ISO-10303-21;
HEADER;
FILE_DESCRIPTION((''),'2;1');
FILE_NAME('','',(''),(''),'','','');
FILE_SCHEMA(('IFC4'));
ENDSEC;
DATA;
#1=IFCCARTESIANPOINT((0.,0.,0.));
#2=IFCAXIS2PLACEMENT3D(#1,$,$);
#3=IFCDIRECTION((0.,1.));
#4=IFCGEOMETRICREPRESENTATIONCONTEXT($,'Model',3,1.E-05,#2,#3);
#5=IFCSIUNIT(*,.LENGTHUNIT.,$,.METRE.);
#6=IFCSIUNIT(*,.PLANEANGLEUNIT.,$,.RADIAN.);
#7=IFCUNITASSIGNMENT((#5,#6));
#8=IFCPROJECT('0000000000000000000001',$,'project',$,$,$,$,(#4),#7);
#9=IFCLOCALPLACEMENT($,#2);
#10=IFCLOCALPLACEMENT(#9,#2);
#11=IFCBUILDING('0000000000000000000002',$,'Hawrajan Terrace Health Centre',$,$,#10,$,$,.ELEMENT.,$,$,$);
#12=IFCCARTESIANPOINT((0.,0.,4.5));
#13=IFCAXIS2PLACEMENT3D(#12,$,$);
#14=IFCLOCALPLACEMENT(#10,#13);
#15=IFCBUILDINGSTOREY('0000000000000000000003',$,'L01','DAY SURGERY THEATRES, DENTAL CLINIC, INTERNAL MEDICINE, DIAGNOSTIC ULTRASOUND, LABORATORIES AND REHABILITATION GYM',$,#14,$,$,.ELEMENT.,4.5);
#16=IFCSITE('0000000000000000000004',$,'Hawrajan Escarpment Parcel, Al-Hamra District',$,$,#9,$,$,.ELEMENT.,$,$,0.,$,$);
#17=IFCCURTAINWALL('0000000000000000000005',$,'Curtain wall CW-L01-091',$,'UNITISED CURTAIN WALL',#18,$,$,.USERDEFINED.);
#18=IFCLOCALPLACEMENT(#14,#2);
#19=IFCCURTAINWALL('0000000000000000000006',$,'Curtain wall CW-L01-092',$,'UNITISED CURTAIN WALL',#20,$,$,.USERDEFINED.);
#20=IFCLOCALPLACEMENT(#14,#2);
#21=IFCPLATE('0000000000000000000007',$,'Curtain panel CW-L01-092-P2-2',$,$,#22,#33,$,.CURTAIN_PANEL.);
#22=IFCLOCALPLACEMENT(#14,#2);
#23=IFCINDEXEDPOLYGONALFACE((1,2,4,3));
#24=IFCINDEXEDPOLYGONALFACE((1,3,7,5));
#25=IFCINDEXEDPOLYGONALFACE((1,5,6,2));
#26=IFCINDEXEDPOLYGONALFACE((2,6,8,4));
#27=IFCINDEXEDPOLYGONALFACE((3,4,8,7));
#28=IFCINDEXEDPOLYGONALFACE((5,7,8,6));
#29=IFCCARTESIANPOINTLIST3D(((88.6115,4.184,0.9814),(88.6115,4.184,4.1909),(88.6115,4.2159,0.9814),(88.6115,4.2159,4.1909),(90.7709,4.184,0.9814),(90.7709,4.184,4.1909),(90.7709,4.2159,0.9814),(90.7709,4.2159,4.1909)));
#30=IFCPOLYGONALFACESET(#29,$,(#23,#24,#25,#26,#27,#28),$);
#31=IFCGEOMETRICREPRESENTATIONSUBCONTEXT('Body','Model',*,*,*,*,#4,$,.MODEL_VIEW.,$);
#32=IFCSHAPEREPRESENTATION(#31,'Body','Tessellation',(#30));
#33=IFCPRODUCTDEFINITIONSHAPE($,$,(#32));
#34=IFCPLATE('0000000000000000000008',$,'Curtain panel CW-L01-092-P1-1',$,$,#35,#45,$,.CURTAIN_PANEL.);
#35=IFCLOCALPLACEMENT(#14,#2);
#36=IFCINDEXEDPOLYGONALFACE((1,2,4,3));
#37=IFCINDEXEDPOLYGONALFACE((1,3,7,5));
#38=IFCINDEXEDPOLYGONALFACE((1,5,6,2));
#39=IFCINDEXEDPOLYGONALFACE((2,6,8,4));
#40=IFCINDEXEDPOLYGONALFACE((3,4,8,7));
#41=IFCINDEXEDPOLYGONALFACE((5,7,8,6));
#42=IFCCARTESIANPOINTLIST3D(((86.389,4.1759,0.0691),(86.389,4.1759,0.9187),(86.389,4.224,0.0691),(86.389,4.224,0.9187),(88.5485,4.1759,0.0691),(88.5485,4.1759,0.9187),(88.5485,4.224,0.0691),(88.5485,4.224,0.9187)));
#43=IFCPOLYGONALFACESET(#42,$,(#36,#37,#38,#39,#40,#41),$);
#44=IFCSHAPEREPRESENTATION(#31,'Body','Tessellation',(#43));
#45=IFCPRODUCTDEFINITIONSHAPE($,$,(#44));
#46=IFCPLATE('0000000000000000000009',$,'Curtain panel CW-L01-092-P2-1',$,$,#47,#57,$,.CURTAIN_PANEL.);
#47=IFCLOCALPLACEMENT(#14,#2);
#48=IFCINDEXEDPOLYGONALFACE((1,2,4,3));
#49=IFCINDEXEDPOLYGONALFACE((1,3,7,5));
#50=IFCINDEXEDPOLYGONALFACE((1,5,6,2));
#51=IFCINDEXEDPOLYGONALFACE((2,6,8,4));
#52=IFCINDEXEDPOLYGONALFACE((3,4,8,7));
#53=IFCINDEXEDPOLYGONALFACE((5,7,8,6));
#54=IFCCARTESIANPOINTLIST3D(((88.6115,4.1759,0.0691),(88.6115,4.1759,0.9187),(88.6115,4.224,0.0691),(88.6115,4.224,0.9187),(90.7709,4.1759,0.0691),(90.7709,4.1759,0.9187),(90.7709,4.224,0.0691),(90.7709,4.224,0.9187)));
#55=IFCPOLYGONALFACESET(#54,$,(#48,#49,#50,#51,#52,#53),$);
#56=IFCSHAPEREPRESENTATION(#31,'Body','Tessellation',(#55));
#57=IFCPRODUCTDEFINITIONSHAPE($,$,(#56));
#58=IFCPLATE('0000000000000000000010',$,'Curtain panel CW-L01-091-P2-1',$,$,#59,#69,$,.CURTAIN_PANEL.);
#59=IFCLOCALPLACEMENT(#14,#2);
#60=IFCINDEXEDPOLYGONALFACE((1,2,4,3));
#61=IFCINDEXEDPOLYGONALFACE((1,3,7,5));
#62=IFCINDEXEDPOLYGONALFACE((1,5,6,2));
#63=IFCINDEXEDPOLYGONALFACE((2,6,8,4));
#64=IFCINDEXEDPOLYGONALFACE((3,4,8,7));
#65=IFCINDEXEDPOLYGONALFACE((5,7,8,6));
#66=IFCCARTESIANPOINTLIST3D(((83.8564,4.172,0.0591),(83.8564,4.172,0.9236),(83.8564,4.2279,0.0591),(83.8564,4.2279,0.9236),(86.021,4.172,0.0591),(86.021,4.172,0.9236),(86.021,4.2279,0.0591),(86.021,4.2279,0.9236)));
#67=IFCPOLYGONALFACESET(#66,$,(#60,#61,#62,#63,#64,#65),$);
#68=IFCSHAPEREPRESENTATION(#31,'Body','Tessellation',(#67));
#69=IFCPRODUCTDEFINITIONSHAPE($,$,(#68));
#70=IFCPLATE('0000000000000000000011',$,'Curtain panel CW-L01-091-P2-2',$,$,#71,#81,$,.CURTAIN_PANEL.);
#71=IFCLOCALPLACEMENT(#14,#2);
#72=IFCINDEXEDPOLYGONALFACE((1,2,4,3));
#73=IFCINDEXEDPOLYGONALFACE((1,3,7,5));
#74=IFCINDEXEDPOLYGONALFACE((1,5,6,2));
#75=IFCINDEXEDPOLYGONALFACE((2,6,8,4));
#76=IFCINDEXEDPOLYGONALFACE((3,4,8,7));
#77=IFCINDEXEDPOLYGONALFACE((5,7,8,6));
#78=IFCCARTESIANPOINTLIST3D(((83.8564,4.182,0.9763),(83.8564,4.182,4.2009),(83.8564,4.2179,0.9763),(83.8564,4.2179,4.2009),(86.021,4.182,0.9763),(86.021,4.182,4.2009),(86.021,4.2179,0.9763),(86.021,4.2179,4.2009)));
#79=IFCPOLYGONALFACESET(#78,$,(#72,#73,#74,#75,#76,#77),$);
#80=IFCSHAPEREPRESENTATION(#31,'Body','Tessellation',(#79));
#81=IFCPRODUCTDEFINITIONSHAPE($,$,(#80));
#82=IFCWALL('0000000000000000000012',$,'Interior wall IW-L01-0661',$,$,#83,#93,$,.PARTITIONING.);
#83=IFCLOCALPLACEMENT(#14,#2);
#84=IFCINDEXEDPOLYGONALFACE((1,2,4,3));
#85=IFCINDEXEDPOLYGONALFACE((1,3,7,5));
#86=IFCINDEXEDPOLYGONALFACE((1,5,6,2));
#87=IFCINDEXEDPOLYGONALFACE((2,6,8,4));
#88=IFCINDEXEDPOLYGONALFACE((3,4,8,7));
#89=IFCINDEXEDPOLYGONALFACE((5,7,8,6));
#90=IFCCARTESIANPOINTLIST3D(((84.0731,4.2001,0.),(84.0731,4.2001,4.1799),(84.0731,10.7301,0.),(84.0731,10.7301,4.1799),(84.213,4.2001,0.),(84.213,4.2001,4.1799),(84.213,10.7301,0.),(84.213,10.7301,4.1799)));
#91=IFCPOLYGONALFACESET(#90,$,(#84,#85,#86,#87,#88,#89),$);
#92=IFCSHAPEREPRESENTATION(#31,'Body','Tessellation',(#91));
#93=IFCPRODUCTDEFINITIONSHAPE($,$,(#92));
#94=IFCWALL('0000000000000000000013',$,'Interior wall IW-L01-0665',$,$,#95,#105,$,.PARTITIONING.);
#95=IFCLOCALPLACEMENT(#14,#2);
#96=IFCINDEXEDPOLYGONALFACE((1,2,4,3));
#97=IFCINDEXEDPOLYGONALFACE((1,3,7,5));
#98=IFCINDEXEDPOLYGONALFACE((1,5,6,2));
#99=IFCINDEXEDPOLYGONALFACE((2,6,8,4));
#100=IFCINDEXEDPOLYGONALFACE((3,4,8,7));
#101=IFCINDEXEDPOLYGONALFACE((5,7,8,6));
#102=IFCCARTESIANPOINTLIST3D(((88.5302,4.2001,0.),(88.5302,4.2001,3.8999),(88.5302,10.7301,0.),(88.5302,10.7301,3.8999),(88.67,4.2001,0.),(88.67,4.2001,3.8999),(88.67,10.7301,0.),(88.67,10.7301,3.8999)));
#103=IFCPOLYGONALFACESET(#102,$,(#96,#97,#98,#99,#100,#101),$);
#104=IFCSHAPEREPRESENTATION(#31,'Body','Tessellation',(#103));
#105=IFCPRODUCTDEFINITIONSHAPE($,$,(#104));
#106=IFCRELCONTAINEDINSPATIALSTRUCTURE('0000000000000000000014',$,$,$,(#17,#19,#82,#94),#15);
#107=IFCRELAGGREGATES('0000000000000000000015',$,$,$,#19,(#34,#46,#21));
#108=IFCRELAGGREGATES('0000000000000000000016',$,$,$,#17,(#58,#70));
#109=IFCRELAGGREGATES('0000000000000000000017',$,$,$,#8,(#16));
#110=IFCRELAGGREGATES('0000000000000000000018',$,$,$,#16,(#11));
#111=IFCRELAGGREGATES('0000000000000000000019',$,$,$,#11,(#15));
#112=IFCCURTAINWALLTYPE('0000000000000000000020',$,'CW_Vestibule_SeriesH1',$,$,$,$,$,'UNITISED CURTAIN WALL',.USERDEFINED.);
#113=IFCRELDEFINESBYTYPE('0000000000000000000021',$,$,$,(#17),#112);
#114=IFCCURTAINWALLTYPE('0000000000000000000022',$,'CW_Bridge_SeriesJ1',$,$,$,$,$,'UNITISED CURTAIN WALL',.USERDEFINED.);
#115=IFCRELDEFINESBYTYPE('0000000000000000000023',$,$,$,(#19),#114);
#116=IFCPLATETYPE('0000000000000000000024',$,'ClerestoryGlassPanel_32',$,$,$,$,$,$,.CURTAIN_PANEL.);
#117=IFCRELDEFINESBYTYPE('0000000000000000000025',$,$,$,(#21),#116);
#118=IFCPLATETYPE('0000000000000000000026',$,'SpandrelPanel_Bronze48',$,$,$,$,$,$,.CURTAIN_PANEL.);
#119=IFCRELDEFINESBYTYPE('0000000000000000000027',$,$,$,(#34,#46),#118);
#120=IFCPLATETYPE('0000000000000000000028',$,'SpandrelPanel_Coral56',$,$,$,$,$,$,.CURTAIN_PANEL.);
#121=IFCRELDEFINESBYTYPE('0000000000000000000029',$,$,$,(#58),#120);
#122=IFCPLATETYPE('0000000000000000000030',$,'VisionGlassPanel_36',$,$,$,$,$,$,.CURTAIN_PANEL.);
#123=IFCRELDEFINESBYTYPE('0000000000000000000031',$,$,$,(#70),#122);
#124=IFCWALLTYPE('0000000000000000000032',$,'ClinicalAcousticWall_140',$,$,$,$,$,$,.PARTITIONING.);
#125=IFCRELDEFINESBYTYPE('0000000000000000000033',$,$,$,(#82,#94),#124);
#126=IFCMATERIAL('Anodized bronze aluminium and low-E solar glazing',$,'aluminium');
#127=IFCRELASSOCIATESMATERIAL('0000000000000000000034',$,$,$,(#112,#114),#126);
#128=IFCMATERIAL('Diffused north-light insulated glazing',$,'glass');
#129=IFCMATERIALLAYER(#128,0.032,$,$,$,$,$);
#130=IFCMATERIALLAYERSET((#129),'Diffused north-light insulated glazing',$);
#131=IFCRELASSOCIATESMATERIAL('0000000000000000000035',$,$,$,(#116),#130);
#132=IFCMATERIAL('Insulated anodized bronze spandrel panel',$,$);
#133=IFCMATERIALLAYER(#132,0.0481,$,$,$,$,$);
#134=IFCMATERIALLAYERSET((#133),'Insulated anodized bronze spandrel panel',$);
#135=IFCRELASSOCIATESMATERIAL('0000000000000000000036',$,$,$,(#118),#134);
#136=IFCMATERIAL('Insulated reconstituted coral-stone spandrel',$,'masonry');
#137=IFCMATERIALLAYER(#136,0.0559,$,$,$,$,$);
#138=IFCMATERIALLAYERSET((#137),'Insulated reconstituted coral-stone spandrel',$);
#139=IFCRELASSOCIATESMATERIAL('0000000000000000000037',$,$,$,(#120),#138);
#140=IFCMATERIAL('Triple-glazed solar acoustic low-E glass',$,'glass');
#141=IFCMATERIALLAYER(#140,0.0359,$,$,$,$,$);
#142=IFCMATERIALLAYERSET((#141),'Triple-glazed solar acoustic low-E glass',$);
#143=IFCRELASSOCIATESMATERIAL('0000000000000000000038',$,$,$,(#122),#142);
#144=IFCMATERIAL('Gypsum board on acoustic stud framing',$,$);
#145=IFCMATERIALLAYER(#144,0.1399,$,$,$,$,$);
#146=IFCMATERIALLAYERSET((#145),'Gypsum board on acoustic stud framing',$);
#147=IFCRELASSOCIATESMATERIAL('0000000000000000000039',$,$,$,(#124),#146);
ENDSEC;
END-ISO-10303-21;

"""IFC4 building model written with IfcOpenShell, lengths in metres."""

from ifc_helpers import new_model, si_unit, direction, frame, frame_2d, origin, origin_2d, place, context, subcontext, project, spatial, rectangle, extrude, material, layer, layer_set, type_object, element, aggregate, save


model = new_model("IFC4")

# Units and contexts
model_context = context("Model", 3, precision=1e-05, world=origin(), true_north=direction((0.0, 1.0)))
body_context = subcontext(model_context, "Body", "Model", "MODEL_VIEW")
ifc_project = project(units=[si_unit("LENGTHUNIT", "METRE"), si_unit("PLANEANGLEUNIT", "RADIAN")], contexts=[model_context])

# Site, building, storey
site_placement = place(None, origin())
site = spatial("IfcSite", under=ifc_project, at=site_placement, Name="Hawrajan Escarpment Parcel, Al-Hamra District", CompositionType="ELEMENT", RefElevation=0.0)
building_placement = place(site_placement, origin())
building = spatial("IfcBuilding", under=site, at=building_placement, Name="Hawrajan Terrace Health Centre", CompositionType="ELEMENT")
storey_placement = place(building_placement, frame((0.0, 0.0, 4.5)))
storey = spatial("IfcBuildingStorey", under=building, at=storey_placement, Name="L01", Description="DAY SURGERY THEATRES, DENTAL CLINIC, INTERNAL MEDICINE, DIAGNOSTIC ULTRASOUND, LABORATORIES AND REHABILITATION GYM", CompositionType="ELEMENT", Elevation=4.5)

# Curtain walls
ifc_material_1 = material(Name="Anodized bronze aluminium and low-E solar glazing", Category="aluminium")
curtain_wall_type_1 = type_object("IfcCurtainWallType", Name="CW_Vestibule_SeriesH1", ElementType="UNITISED CURTAIN WALL", PredefinedType="USERDEFINED", material=ifc_material_1)
curtain_wall_1_placement = place(storey_placement, origin())
curtain_wall_1 = element("IfcCurtainWall", 1, at=curtain_wall_1_placement, inside=storey, type_object=curtain_wall_type_1, Name="Curtain wall CW-L01-091", ObjectType="UNITISED CURTAIN WALL", PredefinedType="USERDEFINED")
curtain_wall_type_2 = type_object("IfcCurtainWallType", Name="CW_Bridge_SeriesJ1", ElementType="UNITISED CURTAIN WALL", PredefinedType="USERDEFINED", material=ifc_material_1)
curtain_wall_2_placement = place(storey_placement, origin())
curtain_wall_2 = element("IfcCurtainWall", 2, at=curtain_wall_2_placement, inside=storey, type_object=curtain_wall_type_2, Name="Curtain wall CW-L01-092", ObjectType="UNITISED CURTAIN WALL", PredefinedType="USERDEFINED")

# Plates
ifc_material_2 = material(Name="Diffused north-light insulated glazing", Category="glass")
ifc_layer_1 = layer(ifc_material_2, 0.032)
ifc_layer_set_1 = layer_set([ifc_layer_1], Name="Diffused north-light insulated glazing")
plate_type_1 = type_object("IfcPlateType", Name="ClerestoryGlassPanel_32", PredefinedType="CURTAIN_PANEL", material=ifc_layer_set_1)
plate_1_placement = place(storey_placement, frame((89.6912, 4.2, 0.9814), z_axis=(0.0, 0.0, 1.0), x_axis=(1.0, 0.0, 0.0)))
plate_1 = element("IfcPlate", 3, at=plate_1_placement, type_object=plate_type_1, Name="Curtain panel CW-L01-092-P2-2", PredefinedType="CURTAIN_PANEL", context=body_context, shape_type="SweptSolid", body=[
    extrude(rectangle(XDim=2.1594, YDim=0.032, at=origin_2d()), origin(), (0.0, 0.0, 1.0), 3.2095),
])
ifc_material_3 = material(Name="Insulated anodized bronze spandrel panel")
ifc_layer_2 = layer(ifc_material_3, 0.0481)
ifc_layer_set_2 = layer_set([ifc_layer_2], Name="Insulated anodized bronze spandrel panel")
plate_type_2 = type_object("IfcPlateType", Name="SpandrelPanel_Bronze48", PredefinedType="CURTAIN_PANEL", material=ifc_layer_set_2)
plate_2_placement = place(storey_placement, frame((87.4688, 4.2, 0.0691), z_axis=(0.0, 0.0, 1.0), x_axis=(1.0, 0.0, 0.0)))
plate_2 = element("IfcPlate", 4, at=plate_2_placement, type_object=plate_type_2, Name="Curtain panel CW-L01-092-P1-1", PredefinedType="CURTAIN_PANEL", context=body_context, shape_type="SweptSolid", body=[
    extrude(rectangle(XDim=2.1594, YDim=0.0481, at=origin_2d()), origin(), (0.0, 0.0, 1.0), 0.8496),
])
plate_3_placement = place(storey_placement, frame((89.6912, 4.2, 0.0691), z_axis=(0.0, 0.0, 1.0), x_axis=(1.0, 0.0, 0.0)))
plate_3 = element("IfcPlate", 5, at=plate_3_placement, type_object=plate_type_2, Name="Curtain panel CW-L01-092-P2-1", PredefinedType="CURTAIN_PANEL", context=body_context, shape_type="SweptSolid", body=[
    extrude(rectangle(XDim=2.1594, YDim=0.0481, at=origin_2d()), origin(), (0.0, 0.0, 1.0), 0.8496),
])
aggregate(curtain_wall_2, [plate_2, plate_3, plate_1])
ifc_material_4 = material(Name="Insulated reconstituted coral-stone spandrel", Category="masonry")
ifc_layer_3 = layer(ifc_material_4, 0.0559)
ifc_layer_set_3 = layer_set([ifc_layer_3], Name="Insulated reconstituted coral-stone spandrel")
plate_type_3 = type_object("IfcPlateType", Name="SpandrelPanel_Coral56", PredefinedType="CURTAIN_PANEL", material=ifc_layer_set_3)
plate_4_placement = place(storey_placement, frame((84.9387, 4.2, 0.0591), z_axis=(0.0, 0.0, 1.0), x_axis=(1.0, 0.0, 0.0)))
plate_4 = element("IfcPlate", 6, at=plate_4_placement, type_object=plate_type_3, Name="Curtain panel CW-L01-091-P2-1", PredefinedType="CURTAIN_PANEL", context=body_context, shape_type="SweptSolid", body=[
    extrude(rectangle(XDim=2.1646, YDim=0.0559, at=origin_2d()), origin(), (0.0, 0.0, 1.0), 0.8645),
])
ifc_material_5 = material(Name="Triple-glazed solar acoustic low-E glass", Category="glass")
ifc_layer_4 = layer(ifc_material_5, 0.0359)
ifc_layer_set_4 = layer_set([ifc_layer_4], Name="Triple-glazed solar acoustic low-E glass")
plate_type_4 = type_object("IfcPlateType", Name="VisionGlassPanel_36", PredefinedType="CURTAIN_PANEL", material=ifc_layer_set_4)
plate_5_placement = place(storey_placement, frame((84.9387, 4.2, 0.9763), z_axis=(0.0, 0.0, 1.0), x_axis=(1.0, 0.0, 0.0)))
plate_5 = element("IfcPlate", 7, at=plate_5_placement, type_object=plate_type_4, Name="Curtain panel CW-L01-091-P2-2", PredefinedType="CURTAIN_PANEL", context=body_context, shape_type="SweptSolid", body=[
    extrude(rectangle(XDim=2.1646, YDim=0.0359, at=origin_2d()), origin(), (0.0, 0.0, 1.0), 3.2246),
])
aggregate(curtain_wall_1, [plate_4, plate_5])

# Walls
ifc_material_6 = material(Name="Gypsum board on acoustic stud framing")
ifc_layer_5 = layer(ifc_material_6, 0.1399)
ifc_layer_set_5 = layer_set([ifc_layer_5], Name="Gypsum board on acoustic stud framing")
wall_type = type_object("IfcWallType", Name="ClinicalAcousticWall_140", PredefinedType="PARTITIONING", material=ifc_layer_set_5)
wall_1_placement = place(storey_placement, frame((84.1431, 4.2, 0.0), z_axis=(0.0, 0.0, 1.0), x_axis=(0.0, 1.0, 0.0)))
element("IfcWall", 8, at=wall_1_placement, inside=storey, type_object=wall_type, Name="Interior wall IW-L01-0661", PredefinedType="PARTITIONING", context=body_context, shape_type="SweptSolid", body=[
    extrude(rectangle(XDim=6.53, YDim=0.1399, at=frame_2d((3.2651, 0.0))), origin(), (0.0, 0.0, 1.0), 4.1799),
])
wall_2_placement = place(storey_placement, frame((88.6001, 4.2, 0.0), z_axis=(0.0, 0.0, 1.0), x_axis=(0.0, 1.0, 0.0)))
element("IfcWall", 9, at=wall_2_placement, inside=storey, type_object=wall_type, Name="Interior wall IW-L01-0665", PredefinedType="PARTITIONING", context=body_context, shape_type="SweptSolid", body=[
    extrude(rectangle(XDim=6.53, YDim=0.1399, at=frame_2d((3.2651, 0.0))), origin(), (0.0, 0.0, 1.0), 3.8999),
])

save(model, "model.ifc")
